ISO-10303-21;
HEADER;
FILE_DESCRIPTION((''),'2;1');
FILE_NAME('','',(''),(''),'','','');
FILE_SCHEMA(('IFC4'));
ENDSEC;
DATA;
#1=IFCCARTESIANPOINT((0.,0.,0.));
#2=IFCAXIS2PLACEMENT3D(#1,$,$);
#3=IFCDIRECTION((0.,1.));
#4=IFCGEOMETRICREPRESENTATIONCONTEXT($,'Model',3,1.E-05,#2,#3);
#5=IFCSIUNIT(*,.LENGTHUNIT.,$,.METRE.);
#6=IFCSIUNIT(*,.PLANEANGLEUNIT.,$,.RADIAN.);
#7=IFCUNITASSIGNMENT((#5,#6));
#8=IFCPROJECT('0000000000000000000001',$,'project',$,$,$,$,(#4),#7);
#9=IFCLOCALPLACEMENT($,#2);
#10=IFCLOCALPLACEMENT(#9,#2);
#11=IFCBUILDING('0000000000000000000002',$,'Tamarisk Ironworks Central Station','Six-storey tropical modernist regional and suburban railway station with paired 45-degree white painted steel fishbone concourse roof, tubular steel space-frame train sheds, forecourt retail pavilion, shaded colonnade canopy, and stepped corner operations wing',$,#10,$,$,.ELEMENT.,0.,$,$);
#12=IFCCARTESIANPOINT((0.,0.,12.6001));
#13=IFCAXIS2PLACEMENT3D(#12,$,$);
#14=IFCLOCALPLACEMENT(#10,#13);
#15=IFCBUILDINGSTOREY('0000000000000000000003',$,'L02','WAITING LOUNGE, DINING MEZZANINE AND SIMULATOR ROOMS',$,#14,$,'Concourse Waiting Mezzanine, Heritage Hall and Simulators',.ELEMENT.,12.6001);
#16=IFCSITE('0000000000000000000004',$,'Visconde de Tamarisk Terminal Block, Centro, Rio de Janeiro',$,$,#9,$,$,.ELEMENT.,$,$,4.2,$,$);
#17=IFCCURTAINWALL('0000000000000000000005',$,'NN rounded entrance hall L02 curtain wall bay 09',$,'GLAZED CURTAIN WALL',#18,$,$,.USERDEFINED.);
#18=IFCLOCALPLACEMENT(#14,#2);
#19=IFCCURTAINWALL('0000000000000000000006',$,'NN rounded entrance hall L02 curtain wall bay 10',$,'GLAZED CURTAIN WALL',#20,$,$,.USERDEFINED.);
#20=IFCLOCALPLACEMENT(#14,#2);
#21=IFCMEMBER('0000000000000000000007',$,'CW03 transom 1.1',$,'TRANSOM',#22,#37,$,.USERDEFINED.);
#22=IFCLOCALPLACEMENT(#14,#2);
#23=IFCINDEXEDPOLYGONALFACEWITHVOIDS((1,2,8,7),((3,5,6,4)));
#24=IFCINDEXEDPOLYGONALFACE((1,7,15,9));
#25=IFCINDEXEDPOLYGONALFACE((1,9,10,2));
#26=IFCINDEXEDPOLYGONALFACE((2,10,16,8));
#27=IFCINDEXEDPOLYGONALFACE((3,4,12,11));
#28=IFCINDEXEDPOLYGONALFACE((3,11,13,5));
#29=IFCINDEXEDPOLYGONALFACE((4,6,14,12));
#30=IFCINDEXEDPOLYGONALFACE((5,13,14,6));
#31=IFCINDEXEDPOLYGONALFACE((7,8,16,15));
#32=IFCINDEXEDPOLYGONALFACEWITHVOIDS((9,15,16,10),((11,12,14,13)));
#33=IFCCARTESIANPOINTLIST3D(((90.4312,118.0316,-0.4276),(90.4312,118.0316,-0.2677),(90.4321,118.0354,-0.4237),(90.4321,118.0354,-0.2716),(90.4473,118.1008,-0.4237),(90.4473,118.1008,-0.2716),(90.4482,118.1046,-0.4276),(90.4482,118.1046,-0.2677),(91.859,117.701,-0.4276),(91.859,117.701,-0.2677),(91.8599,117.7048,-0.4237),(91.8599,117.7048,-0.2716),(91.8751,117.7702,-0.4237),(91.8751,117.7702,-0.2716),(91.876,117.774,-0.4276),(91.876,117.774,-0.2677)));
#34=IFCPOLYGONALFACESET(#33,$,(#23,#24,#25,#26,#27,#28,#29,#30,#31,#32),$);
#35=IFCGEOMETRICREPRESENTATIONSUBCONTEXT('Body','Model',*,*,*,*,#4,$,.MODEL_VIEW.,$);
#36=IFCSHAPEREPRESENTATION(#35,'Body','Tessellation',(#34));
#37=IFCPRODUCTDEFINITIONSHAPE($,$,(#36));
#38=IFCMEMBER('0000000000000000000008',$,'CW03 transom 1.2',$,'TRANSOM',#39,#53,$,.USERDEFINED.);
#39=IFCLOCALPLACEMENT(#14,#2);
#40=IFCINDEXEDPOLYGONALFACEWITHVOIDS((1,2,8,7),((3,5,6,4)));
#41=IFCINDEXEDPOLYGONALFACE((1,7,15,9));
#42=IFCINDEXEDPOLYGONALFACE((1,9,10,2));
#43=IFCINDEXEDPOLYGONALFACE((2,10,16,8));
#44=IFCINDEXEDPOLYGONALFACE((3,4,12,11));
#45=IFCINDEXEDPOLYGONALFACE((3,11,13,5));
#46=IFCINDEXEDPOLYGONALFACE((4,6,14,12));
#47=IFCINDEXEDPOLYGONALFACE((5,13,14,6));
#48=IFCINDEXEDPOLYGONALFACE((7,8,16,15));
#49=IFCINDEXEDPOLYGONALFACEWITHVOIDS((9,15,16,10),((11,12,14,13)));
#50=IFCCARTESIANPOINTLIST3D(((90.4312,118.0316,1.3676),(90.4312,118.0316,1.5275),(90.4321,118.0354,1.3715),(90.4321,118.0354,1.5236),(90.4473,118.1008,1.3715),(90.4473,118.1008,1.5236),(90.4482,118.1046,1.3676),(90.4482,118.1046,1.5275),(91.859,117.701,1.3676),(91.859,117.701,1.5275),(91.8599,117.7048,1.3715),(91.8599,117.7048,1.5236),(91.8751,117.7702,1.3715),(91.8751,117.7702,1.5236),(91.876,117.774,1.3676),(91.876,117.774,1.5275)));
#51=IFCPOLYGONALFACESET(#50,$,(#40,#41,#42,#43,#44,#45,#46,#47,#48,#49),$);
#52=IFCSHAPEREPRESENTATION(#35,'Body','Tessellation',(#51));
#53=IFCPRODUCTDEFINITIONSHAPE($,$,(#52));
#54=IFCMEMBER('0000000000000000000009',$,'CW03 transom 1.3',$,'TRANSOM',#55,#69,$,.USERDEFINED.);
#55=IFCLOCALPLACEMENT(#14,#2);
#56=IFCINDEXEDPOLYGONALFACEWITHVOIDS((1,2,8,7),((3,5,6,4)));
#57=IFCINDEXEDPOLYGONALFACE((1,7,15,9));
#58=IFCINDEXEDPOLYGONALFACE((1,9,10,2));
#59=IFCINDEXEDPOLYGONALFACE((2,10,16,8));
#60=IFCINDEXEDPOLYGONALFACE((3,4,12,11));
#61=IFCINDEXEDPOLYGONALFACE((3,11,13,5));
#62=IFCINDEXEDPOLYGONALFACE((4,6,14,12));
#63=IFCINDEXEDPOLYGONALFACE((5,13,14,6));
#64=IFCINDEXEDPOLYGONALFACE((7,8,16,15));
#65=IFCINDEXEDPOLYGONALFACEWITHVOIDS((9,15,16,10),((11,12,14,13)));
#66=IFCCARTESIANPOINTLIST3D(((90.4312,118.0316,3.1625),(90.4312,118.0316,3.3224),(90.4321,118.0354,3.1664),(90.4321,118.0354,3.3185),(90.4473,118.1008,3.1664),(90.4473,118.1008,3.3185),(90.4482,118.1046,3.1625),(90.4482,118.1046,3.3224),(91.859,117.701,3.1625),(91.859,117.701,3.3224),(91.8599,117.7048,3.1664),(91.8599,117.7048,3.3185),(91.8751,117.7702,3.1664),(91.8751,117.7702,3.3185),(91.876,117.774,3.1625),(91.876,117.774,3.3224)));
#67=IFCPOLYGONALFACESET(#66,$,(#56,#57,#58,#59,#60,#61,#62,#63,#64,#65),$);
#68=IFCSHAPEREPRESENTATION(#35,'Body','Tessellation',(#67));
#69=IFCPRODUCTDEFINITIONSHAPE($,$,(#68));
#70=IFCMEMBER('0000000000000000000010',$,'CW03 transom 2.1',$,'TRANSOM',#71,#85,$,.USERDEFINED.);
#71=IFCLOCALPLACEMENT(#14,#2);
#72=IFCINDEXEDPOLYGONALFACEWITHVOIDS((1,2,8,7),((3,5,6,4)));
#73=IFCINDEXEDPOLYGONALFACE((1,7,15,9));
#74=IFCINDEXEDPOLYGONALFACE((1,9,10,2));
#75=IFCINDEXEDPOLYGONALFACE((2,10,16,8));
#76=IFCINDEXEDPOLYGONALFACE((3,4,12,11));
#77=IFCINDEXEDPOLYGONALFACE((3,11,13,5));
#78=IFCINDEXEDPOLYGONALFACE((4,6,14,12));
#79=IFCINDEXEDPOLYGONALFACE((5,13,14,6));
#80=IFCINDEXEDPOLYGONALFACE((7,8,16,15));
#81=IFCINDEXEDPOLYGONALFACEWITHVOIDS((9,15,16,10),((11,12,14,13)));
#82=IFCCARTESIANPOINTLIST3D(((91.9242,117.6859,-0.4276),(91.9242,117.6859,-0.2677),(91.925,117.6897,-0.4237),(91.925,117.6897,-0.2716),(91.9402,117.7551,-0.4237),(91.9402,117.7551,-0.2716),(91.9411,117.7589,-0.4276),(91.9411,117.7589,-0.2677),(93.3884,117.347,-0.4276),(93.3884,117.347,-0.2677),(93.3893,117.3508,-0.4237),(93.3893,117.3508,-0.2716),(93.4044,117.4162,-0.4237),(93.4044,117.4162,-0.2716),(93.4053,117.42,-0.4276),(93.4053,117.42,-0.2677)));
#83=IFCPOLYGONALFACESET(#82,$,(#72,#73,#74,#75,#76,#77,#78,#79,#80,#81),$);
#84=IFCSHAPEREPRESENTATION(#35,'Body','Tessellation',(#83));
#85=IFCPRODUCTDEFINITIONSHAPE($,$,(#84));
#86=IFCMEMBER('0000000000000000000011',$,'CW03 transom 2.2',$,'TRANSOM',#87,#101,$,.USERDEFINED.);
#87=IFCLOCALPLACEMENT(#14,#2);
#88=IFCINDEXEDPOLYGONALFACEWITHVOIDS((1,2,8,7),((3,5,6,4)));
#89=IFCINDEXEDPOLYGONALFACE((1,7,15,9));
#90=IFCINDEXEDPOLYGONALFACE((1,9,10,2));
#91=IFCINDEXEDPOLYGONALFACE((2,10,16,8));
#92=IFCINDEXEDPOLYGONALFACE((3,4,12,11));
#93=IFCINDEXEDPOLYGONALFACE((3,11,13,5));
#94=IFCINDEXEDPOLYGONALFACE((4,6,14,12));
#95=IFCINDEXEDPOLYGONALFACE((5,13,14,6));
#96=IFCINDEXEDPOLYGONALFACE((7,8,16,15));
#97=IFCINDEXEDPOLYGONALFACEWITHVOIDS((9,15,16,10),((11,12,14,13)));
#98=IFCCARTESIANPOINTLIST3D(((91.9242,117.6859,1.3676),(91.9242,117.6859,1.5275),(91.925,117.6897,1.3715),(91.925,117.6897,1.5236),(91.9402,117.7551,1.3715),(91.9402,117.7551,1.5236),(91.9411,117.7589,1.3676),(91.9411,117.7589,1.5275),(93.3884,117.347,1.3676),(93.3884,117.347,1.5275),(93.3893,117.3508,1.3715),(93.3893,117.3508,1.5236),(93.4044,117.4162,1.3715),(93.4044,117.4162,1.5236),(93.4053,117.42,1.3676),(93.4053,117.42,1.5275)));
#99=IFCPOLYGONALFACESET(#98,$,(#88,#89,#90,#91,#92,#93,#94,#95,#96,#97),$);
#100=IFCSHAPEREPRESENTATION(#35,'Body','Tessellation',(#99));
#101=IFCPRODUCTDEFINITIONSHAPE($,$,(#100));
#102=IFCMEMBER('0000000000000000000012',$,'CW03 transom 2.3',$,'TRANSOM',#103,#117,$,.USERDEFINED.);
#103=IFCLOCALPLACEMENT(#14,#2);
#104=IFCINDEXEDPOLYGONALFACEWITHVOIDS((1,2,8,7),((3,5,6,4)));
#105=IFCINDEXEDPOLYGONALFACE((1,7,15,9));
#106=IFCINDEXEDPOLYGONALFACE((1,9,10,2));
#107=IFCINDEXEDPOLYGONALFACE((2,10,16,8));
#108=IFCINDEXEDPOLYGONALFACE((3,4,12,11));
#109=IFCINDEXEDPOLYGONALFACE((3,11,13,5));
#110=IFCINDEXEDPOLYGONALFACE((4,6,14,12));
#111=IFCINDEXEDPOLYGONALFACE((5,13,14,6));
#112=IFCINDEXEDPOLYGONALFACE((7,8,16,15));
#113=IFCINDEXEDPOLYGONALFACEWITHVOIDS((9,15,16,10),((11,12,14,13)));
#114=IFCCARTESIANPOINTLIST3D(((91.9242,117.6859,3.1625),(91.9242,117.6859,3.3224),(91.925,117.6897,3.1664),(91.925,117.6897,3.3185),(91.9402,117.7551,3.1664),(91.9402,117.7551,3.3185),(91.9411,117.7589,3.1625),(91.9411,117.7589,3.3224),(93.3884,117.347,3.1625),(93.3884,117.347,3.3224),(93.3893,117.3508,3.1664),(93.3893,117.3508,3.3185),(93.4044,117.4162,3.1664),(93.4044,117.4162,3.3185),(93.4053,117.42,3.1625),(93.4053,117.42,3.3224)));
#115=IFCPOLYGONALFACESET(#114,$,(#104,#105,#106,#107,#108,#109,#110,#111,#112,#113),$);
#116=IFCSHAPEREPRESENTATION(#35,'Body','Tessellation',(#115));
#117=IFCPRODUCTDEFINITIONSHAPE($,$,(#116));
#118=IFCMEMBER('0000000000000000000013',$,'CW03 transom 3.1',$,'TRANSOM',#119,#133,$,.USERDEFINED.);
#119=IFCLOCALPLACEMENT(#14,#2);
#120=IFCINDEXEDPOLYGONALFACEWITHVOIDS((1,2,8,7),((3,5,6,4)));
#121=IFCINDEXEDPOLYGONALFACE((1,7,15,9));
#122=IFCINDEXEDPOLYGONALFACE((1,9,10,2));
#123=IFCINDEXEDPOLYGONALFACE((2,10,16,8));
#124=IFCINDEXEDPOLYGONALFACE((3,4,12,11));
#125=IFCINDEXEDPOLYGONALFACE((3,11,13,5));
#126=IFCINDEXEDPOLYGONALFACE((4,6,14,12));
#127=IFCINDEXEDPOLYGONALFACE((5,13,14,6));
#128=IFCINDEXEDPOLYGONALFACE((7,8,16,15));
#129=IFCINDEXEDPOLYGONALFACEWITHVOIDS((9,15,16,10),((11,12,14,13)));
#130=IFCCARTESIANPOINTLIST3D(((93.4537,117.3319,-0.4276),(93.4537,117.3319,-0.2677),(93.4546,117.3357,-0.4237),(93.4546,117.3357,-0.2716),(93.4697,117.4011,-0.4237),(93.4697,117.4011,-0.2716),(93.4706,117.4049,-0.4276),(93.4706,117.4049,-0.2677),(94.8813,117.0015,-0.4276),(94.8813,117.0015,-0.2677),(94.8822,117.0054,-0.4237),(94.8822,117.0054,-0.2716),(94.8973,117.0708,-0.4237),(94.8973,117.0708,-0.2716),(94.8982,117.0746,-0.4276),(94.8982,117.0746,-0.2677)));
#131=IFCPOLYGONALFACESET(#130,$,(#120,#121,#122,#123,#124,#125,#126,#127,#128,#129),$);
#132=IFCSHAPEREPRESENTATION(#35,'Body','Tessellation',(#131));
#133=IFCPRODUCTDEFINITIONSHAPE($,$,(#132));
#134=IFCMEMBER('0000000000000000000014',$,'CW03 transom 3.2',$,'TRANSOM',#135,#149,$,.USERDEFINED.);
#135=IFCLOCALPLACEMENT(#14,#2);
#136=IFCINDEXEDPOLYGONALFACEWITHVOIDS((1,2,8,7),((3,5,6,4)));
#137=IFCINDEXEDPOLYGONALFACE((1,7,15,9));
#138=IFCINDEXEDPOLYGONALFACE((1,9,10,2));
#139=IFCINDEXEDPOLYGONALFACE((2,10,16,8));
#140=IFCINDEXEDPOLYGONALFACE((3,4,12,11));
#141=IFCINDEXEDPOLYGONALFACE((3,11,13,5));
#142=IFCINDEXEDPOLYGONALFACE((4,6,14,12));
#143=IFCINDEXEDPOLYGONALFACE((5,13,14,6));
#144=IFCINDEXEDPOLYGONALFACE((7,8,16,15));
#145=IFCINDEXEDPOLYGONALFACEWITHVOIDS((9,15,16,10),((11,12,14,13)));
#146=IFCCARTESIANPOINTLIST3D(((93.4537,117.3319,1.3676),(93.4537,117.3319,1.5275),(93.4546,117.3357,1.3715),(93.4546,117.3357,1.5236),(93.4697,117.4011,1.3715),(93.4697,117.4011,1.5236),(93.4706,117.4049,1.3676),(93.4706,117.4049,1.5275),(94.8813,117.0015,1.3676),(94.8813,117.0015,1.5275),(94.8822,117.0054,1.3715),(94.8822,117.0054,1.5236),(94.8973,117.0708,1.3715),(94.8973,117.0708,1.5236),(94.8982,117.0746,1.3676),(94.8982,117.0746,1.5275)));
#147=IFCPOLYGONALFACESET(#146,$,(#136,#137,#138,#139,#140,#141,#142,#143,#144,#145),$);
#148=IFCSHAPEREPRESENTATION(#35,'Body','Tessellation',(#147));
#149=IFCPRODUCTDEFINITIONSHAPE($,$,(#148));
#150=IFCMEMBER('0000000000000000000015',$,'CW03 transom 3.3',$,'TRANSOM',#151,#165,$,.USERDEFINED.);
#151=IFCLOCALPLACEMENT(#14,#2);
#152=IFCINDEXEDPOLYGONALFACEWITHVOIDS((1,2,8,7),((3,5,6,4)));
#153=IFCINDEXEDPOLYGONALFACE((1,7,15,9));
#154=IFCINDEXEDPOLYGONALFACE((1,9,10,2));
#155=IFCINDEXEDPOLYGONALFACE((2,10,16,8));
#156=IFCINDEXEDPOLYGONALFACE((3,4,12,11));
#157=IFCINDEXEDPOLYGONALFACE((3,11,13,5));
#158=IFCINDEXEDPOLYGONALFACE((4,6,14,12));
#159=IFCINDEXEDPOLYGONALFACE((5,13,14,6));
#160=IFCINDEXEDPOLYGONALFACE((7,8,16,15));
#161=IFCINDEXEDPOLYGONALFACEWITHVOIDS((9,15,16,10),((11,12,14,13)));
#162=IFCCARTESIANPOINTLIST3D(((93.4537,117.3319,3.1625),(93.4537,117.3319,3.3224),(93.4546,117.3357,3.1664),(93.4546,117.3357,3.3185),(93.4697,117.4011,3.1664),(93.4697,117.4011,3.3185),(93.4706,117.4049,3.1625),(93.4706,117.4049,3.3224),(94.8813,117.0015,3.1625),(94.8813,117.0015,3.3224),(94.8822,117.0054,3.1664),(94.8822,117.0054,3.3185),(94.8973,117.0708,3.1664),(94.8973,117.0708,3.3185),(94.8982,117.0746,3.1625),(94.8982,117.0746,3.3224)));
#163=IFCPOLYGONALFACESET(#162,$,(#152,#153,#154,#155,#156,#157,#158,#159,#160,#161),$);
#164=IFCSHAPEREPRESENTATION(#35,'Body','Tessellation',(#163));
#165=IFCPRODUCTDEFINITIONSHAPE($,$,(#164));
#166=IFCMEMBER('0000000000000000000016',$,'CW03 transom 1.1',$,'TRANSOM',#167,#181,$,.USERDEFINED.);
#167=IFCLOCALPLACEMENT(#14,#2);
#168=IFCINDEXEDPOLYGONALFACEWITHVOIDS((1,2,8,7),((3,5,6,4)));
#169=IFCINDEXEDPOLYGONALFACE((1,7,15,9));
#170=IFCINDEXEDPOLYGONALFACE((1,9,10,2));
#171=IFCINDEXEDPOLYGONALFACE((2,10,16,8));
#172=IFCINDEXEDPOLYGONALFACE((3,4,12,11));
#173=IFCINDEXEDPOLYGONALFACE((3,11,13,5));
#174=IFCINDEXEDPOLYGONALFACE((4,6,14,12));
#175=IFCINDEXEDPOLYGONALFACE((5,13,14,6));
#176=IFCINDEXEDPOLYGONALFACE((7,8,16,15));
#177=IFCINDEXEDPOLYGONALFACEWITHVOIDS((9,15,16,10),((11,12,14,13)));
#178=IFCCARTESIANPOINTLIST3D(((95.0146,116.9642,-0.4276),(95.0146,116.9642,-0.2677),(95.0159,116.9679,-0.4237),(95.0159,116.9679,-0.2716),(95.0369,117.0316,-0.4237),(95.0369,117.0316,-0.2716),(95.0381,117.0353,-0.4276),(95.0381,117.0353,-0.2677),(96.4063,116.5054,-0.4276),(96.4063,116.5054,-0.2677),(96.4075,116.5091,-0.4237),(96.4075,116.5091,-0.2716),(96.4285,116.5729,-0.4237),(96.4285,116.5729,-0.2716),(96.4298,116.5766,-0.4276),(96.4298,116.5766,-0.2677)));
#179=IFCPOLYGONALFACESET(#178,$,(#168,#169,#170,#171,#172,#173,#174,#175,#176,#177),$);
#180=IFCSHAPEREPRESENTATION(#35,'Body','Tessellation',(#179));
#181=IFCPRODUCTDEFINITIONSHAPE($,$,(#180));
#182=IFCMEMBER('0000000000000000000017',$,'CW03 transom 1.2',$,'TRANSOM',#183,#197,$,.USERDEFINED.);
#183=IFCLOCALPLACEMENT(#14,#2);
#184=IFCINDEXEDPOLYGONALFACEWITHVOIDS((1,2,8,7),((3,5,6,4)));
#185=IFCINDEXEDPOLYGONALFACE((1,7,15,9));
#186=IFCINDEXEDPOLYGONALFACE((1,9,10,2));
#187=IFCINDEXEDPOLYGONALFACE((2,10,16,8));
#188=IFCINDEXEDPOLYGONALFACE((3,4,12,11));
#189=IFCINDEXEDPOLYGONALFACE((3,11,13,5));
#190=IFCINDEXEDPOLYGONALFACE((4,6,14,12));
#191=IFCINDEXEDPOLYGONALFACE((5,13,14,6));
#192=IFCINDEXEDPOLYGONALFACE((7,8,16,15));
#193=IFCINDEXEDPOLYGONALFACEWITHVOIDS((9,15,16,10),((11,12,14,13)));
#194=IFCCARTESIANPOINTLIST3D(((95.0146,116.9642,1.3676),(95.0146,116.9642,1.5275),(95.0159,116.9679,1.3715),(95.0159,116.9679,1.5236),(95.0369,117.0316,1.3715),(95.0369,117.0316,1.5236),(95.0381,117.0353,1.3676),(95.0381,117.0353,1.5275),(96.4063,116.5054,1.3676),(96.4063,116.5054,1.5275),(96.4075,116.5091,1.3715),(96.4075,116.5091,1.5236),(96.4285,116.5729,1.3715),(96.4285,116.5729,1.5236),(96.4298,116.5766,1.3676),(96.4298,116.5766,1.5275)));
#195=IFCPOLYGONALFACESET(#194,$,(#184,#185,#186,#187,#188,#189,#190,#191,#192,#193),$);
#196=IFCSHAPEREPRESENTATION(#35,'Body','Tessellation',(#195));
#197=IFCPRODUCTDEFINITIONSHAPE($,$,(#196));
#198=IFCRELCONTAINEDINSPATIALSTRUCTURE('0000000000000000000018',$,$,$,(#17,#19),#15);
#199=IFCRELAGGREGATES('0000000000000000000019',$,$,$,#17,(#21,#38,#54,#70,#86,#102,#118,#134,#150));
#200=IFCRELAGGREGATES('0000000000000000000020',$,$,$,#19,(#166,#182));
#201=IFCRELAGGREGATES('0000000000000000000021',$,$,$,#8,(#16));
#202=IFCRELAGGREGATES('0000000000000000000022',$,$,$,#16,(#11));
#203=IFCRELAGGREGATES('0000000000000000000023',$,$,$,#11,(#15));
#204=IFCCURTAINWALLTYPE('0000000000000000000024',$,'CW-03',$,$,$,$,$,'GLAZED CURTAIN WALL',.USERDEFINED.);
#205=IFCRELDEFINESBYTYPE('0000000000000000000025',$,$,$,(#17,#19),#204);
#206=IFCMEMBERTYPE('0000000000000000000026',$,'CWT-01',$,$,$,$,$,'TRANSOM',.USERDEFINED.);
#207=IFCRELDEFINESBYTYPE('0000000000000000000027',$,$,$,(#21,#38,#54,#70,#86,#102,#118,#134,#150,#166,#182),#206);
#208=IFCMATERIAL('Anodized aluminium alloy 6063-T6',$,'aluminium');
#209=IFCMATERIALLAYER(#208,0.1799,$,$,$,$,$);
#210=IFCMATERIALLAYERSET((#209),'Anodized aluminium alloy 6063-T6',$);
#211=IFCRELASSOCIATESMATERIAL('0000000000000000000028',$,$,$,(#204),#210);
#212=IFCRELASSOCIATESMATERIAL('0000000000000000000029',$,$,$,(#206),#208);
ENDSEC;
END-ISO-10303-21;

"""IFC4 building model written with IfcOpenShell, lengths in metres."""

from ifc_helpers import new_model, si_unit, direction, frame, origin, origin_2d, place, context, subcontext, project, spatial, hollow_rectangle, extrude, material, layer, layer_set, material_profile, profile_set, type_object, element, aggregate, save


model = new_model("IFC4")

# Units and contexts
model_context = context("Model", 3, precision=1e-05, world=origin(), true_north=direction((0.0, 1.0)))
body_context = subcontext(model_context, "Body", "Model", "MODEL_VIEW")
ifc_project = project(units=[si_unit("LENGTHUNIT", "METRE"), si_unit("PLANEANGLEUNIT", "RADIAN")], contexts=[model_context])

# Site, building, storey
site_placement = place(None, origin())
site = spatial("IfcSite", under=ifc_project, at=site_placement, Name="Visconde de Tamarisk Terminal Block, Centro, Rio de Janeiro", CompositionType="ELEMENT", RefElevation=4.2)
building_placement = place(site_placement, origin())
building = spatial("IfcBuilding", under=site, at=building_placement, Name="Tamarisk Ironworks Central Station", Description="Six-storey tropical modernist regional and suburban railway station with paired 45-degree white painted steel fishbone concourse roof, tubular steel space-frame train sheds, forecourt retail pavilion, shaded colonnade canopy, and stepped corner operations wing", CompositionType="ELEMENT", ElevationOfRefHeight=0.0)
storey_placement = place(building_placement, frame((0.0, 0.0, 12.6001)))
storey = spatial("IfcBuildingStorey", under=building, at=storey_placement, Name="L02", Description="WAITING LOUNGE, DINING MEZZANINE AND SIMULATOR ROOMS", LongName="Concourse Waiting Mezzanine, Heritage Hall and Simulators", CompositionType="ELEMENT", Elevation=12.6001)

# Curtain walls
ifc_material_1 = material(Name="Anodized aluminium alloy 6063-T6", Category="aluminium")
ifc_layer_1 = layer(ifc_material_1, 0.1799)
ifc_layer_set_1 = layer_set([ifc_layer_1], Name="Anodized aluminium alloy 6063-T6")
curtain_wall_type = type_object("IfcCurtainWallType", Name="CW-03", ElementType="GLAZED CURTAIN WALL", PredefinedType="USERDEFINED", material=ifc_layer_set_1)
curtain_wall_1_placement = place(storey_placement, origin())
curtain_wall_1 = element("IfcCurtainWall", 1, at=curtain_wall_1_placement, inside=storey, type_object=curtain_wall_type, Name="NN rounded entrance hall L02 curtain wall bay 09", ObjectType="GLAZED CURTAIN WALL", PredefinedType="USERDEFINED")
curtain_wall_2_placement = place(storey_placement, origin())
curtain_wall_2 = element("IfcCurtainWall", 2, at=curtain_wall_2_placement, inside=storey, type_object=curtain_wall_type, Name="NN rounded entrance hall L02 curtain wall bay 10", ObjectType="GLAZED CURTAIN WALL", PredefinedType="USERDEFINED")

# Members
ifc_material_profile_1 = material_profile(ifc_material_1, hollow_rectangle(XDim=0.075, YDim=0.1599, WallThickness=0.0039, at=origin_2d()), Name="ALUM 160x75")
ifc_profile_set_1 = profile_set([ifc_material_profile_1], Name="Anodized aluminium alloy 6063-T6")
member_type_1 = type_object("IfcMemberType", Name="CWT-01", ElementType="TRANSOM", PredefinedType="USERDEFINED", material=ifc_profile_set_1)
member_1_placement = place(storey_placement, frame((90.4397, 118.0681, -0.3477), z_axis=(0.974228, -0.225565, 0.0), x_axis=(0.225565, 0.974228, 0.0)))
member_1 = element("IfcMember", 3, at=member_1_placement, type_object=member_type_1, Name="CW03 transom 1.1", ObjectType="TRANSOM", PredefinedType="USERDEFINED", context=body_context, shape_type="SweptSolid", body=[
    extrude(hollow_rectangle(XDim=0.075, YDim=0.1599, WallThickness=0.0039, at=origin_2d()), origin(), (0.0, 0.0, 1.0), 1.4656),
])
member_2_placement = place(storey_placement, frame((90.4397, 118.0681, 1.4475), z_axis=(0.974228, -0.225565, 0.0), x_axis=(0.225565, 0.974228, 0.0)))
member_2 = element("IfcMember", 4, at=member_2_placement, type_object=member_type_1, Name="CW03 transom 1.2", ObjectType="TRANSOM", PredefinedType="USERDEFINED", context=body_context, shape_type="SweptSolid", body=[
    extrude(hollow_rectangle(XDim=0.075, YDim=0.1599, WallThickness=0.0039, at=origin_2d()), origin(), (0.0, 0.0, 1.0), 1.4656),
])
member_3_placement = place(storey_placement, frame((90.4397, 118.0681, 3.2424), z_axis=(0.974228, -0.225565, 0.0), x_axis=(0.225565, 0.974228, 0.0)))
member_3 = element("IfcMember", 5, at=member_3_placement, type_object=member_type_1, Name="CW03 transom 1.3", ObjectType="TRANSOM", PredefinedType="USERDEFINED", context=body_context, shape_type="SweptSolid", body=[
    extrude(hollow_rectangle(XDim=0.075, YDim=0.1599, WallThickness=0.0039, at=origin_2d()), origin(), (0.0, 0.0, 1.0), 1.4656),
])
member_4_placement = place(storey_placement, frame((91.9326, 117.7224, -0.3477), z_axis=(0.974246, -0.225488, 0.0), x_axis=(0.225488, 0.974246, 0.0)))
member_4 = element("IfcMember", 6, at=member_4_placement, type_object=member_type_1, Name="CW03 transom 2.1", ObjectType="TRANSOM", PredefinedType="USERDEFINED", context=body_context, shape_type="SweptSolid", body=[
    extrude(hollow_rectangle(XDim=0.075, YDim=0.1599, WallThickness=0.0039, at=origin_2d()), origin(), (0.0, 0.0, 1.0), 1.5029),
])
member_5_placement = place(storey_placement, frame((91.9326, 117.7224, 1.4475), z_axis=(0.974246, -0.225488, 0.0), x_axis=(0.225488, 0.974246, 0.0)))
member_5 = element("IfcMember", 7, at=member_5_placement, type_object=member_type_1, Name="CW03 transom 2.2", ObjectType="TRANSOM", PredefinedType="USERDEFINED", context=body_context, shape_type="SweptSolid", body=[
    extrude(hollow_rectangle(XDim=0.075, YDim=0.1599, WallThickness=0.0039, at=origin_2d()), origin(), (0.0, 0.0, 1.0), 1.5029),
])
member_6_placement = place(storey_placement, frame((91.9326, 117.7224, 3.2424), z_axis=(0.974246, -0.225488, 0.0), x_axis=(0.225488, 0.974246, 0.0)))
member_6 = element("IfcMember", 8, at=member_6_placement, type_object=member_type_1, Name="CW03 transom 2.3", ObjectType="TRANSOM", PredefinedType="USERDEFINED", context=body_context, shape_type="SweptSolid", body=[
    extrude(hollow_rectangle(XDim=0.075, YDim=0.1599, WallThickness=0.0039, at=origin_2d()), origin(), (0.0, 0.0, 1.0), 1.5029),
])
member_7_placement = place(storey_placement, frame((93.4622, 117.3684, -0.3477), z_axis=(0.974256, -0.225444, 0.0), x_axis=(0.225444, 0.974256, 0.0)))
member_7 = element("IfcMember", 9, at=member_7_placement, type_object=member_type_1, Name="CW03 transom 3.1", ObjectType="TRANSOM", PredefinedType="USERDEFINED", context=body_context, shape_type="SweptSolid", body=[
    extrude(hollow_rectangle(XDim=0.075, YDim=0.1599, WallThickness=0.0039, at=origin_2d()), origin(), (0.0, 0.0, 1.0), 1.4653),
])
member_8_placement = place(storey_placement, frame((93.4622, 117.3684, 1.4475), z_axis=(0.974256, -0.225444, 0.0), x_axis=(0.225444, 0.974256, 0.0)))
member_8 = element("IfcMember", 10, at=member_8_placement, type_object=member_type_1, Name="CW03 transom 3.2", ObjectType="TRANSOM", PredefinedType="USERDEFINED", context=body_context, shape_type="SweptSolid", body=[
    extrude(hollow_rectangle(XDim=0.075, YDim=0.1599, WallThickness=0.0039, at=origin_2d()), origin(), (0.0, 0.0, 1.0), 1.4653),
])
member_9_placement = place(storey_placement, frame((93.4622, 117.3684, 3.2424), z_axis=(0.974256, -0.225444, 0.0), x_axis=(0.225444, 0.974256, 0.0)))
member_9 = element("IfcMember", 11, at=member_9_placement, type_object=member_type_1, Name="CW03 transom 3.3", ObjectType="TRANSOM", PredefinedType="USERDEFINED", context=body_context, shape_type="SweptSolid", body=[
    extrude(hollow_rectangle(XDim=0.075, YDim=0.1599, WallThickness=0.0039, at=origin_2d()), origin(), (0.0, 0.0, 1.0), 1.4653),
])
member_10_placement = place(storey_placement, frame((95.0264, 116.9998, -0.3477), z_axis=(0.949728, -0.313077, 0.0), x_axis=(0.313077, 0.949728, 0.0)))
member_10 = element("IfcMember", 12, at=member_10_placement, type_object=member_type_1, Name="CW03 transom 1.1", ObjectType="TRANSOM", PredefinedType="USERDEFINED", context=body_context, shape_type="SweptSolid", body=[
    extrude(hollow_rectangle(XDim=0.075, YDim=0.1599, WallThickness=0.0039, at=origin_2d()), origin(), (0.0, 0.0, 1.0), 1.4653),
])
member_11_placement = place(storey_placement, frame((95.0264, 116.9998, 1.4475), z_axis=(0.949728, -0.313077, 0.0), x_axis=(0.313077, 0.949728, 0.0)))
member_11 = element("IfcMember", 13, at=member_11_placement, type_object=member_type_1, Name="CW03 transom 1.2", ObjectType="TRANSOM", PredefinedType="USERDEFINED", context=body_context, shape_type="SweptSolid", body=[
    extrude(hollow_rectangle(XDim=0.075, YDim=0.1599, WallThickness=0.0039, at=origin_2d()), origin(), (0.0, 0.0, 1.0), 1.4653),
])

aggregate(curtain_wall_1, [member_1, member_2, member_3, member_4, member_5, member_6, member_7, member_8, member_9])
aggregate(curtain_wall_2, [member_10, member_11])

save(model, "model.ifc")
